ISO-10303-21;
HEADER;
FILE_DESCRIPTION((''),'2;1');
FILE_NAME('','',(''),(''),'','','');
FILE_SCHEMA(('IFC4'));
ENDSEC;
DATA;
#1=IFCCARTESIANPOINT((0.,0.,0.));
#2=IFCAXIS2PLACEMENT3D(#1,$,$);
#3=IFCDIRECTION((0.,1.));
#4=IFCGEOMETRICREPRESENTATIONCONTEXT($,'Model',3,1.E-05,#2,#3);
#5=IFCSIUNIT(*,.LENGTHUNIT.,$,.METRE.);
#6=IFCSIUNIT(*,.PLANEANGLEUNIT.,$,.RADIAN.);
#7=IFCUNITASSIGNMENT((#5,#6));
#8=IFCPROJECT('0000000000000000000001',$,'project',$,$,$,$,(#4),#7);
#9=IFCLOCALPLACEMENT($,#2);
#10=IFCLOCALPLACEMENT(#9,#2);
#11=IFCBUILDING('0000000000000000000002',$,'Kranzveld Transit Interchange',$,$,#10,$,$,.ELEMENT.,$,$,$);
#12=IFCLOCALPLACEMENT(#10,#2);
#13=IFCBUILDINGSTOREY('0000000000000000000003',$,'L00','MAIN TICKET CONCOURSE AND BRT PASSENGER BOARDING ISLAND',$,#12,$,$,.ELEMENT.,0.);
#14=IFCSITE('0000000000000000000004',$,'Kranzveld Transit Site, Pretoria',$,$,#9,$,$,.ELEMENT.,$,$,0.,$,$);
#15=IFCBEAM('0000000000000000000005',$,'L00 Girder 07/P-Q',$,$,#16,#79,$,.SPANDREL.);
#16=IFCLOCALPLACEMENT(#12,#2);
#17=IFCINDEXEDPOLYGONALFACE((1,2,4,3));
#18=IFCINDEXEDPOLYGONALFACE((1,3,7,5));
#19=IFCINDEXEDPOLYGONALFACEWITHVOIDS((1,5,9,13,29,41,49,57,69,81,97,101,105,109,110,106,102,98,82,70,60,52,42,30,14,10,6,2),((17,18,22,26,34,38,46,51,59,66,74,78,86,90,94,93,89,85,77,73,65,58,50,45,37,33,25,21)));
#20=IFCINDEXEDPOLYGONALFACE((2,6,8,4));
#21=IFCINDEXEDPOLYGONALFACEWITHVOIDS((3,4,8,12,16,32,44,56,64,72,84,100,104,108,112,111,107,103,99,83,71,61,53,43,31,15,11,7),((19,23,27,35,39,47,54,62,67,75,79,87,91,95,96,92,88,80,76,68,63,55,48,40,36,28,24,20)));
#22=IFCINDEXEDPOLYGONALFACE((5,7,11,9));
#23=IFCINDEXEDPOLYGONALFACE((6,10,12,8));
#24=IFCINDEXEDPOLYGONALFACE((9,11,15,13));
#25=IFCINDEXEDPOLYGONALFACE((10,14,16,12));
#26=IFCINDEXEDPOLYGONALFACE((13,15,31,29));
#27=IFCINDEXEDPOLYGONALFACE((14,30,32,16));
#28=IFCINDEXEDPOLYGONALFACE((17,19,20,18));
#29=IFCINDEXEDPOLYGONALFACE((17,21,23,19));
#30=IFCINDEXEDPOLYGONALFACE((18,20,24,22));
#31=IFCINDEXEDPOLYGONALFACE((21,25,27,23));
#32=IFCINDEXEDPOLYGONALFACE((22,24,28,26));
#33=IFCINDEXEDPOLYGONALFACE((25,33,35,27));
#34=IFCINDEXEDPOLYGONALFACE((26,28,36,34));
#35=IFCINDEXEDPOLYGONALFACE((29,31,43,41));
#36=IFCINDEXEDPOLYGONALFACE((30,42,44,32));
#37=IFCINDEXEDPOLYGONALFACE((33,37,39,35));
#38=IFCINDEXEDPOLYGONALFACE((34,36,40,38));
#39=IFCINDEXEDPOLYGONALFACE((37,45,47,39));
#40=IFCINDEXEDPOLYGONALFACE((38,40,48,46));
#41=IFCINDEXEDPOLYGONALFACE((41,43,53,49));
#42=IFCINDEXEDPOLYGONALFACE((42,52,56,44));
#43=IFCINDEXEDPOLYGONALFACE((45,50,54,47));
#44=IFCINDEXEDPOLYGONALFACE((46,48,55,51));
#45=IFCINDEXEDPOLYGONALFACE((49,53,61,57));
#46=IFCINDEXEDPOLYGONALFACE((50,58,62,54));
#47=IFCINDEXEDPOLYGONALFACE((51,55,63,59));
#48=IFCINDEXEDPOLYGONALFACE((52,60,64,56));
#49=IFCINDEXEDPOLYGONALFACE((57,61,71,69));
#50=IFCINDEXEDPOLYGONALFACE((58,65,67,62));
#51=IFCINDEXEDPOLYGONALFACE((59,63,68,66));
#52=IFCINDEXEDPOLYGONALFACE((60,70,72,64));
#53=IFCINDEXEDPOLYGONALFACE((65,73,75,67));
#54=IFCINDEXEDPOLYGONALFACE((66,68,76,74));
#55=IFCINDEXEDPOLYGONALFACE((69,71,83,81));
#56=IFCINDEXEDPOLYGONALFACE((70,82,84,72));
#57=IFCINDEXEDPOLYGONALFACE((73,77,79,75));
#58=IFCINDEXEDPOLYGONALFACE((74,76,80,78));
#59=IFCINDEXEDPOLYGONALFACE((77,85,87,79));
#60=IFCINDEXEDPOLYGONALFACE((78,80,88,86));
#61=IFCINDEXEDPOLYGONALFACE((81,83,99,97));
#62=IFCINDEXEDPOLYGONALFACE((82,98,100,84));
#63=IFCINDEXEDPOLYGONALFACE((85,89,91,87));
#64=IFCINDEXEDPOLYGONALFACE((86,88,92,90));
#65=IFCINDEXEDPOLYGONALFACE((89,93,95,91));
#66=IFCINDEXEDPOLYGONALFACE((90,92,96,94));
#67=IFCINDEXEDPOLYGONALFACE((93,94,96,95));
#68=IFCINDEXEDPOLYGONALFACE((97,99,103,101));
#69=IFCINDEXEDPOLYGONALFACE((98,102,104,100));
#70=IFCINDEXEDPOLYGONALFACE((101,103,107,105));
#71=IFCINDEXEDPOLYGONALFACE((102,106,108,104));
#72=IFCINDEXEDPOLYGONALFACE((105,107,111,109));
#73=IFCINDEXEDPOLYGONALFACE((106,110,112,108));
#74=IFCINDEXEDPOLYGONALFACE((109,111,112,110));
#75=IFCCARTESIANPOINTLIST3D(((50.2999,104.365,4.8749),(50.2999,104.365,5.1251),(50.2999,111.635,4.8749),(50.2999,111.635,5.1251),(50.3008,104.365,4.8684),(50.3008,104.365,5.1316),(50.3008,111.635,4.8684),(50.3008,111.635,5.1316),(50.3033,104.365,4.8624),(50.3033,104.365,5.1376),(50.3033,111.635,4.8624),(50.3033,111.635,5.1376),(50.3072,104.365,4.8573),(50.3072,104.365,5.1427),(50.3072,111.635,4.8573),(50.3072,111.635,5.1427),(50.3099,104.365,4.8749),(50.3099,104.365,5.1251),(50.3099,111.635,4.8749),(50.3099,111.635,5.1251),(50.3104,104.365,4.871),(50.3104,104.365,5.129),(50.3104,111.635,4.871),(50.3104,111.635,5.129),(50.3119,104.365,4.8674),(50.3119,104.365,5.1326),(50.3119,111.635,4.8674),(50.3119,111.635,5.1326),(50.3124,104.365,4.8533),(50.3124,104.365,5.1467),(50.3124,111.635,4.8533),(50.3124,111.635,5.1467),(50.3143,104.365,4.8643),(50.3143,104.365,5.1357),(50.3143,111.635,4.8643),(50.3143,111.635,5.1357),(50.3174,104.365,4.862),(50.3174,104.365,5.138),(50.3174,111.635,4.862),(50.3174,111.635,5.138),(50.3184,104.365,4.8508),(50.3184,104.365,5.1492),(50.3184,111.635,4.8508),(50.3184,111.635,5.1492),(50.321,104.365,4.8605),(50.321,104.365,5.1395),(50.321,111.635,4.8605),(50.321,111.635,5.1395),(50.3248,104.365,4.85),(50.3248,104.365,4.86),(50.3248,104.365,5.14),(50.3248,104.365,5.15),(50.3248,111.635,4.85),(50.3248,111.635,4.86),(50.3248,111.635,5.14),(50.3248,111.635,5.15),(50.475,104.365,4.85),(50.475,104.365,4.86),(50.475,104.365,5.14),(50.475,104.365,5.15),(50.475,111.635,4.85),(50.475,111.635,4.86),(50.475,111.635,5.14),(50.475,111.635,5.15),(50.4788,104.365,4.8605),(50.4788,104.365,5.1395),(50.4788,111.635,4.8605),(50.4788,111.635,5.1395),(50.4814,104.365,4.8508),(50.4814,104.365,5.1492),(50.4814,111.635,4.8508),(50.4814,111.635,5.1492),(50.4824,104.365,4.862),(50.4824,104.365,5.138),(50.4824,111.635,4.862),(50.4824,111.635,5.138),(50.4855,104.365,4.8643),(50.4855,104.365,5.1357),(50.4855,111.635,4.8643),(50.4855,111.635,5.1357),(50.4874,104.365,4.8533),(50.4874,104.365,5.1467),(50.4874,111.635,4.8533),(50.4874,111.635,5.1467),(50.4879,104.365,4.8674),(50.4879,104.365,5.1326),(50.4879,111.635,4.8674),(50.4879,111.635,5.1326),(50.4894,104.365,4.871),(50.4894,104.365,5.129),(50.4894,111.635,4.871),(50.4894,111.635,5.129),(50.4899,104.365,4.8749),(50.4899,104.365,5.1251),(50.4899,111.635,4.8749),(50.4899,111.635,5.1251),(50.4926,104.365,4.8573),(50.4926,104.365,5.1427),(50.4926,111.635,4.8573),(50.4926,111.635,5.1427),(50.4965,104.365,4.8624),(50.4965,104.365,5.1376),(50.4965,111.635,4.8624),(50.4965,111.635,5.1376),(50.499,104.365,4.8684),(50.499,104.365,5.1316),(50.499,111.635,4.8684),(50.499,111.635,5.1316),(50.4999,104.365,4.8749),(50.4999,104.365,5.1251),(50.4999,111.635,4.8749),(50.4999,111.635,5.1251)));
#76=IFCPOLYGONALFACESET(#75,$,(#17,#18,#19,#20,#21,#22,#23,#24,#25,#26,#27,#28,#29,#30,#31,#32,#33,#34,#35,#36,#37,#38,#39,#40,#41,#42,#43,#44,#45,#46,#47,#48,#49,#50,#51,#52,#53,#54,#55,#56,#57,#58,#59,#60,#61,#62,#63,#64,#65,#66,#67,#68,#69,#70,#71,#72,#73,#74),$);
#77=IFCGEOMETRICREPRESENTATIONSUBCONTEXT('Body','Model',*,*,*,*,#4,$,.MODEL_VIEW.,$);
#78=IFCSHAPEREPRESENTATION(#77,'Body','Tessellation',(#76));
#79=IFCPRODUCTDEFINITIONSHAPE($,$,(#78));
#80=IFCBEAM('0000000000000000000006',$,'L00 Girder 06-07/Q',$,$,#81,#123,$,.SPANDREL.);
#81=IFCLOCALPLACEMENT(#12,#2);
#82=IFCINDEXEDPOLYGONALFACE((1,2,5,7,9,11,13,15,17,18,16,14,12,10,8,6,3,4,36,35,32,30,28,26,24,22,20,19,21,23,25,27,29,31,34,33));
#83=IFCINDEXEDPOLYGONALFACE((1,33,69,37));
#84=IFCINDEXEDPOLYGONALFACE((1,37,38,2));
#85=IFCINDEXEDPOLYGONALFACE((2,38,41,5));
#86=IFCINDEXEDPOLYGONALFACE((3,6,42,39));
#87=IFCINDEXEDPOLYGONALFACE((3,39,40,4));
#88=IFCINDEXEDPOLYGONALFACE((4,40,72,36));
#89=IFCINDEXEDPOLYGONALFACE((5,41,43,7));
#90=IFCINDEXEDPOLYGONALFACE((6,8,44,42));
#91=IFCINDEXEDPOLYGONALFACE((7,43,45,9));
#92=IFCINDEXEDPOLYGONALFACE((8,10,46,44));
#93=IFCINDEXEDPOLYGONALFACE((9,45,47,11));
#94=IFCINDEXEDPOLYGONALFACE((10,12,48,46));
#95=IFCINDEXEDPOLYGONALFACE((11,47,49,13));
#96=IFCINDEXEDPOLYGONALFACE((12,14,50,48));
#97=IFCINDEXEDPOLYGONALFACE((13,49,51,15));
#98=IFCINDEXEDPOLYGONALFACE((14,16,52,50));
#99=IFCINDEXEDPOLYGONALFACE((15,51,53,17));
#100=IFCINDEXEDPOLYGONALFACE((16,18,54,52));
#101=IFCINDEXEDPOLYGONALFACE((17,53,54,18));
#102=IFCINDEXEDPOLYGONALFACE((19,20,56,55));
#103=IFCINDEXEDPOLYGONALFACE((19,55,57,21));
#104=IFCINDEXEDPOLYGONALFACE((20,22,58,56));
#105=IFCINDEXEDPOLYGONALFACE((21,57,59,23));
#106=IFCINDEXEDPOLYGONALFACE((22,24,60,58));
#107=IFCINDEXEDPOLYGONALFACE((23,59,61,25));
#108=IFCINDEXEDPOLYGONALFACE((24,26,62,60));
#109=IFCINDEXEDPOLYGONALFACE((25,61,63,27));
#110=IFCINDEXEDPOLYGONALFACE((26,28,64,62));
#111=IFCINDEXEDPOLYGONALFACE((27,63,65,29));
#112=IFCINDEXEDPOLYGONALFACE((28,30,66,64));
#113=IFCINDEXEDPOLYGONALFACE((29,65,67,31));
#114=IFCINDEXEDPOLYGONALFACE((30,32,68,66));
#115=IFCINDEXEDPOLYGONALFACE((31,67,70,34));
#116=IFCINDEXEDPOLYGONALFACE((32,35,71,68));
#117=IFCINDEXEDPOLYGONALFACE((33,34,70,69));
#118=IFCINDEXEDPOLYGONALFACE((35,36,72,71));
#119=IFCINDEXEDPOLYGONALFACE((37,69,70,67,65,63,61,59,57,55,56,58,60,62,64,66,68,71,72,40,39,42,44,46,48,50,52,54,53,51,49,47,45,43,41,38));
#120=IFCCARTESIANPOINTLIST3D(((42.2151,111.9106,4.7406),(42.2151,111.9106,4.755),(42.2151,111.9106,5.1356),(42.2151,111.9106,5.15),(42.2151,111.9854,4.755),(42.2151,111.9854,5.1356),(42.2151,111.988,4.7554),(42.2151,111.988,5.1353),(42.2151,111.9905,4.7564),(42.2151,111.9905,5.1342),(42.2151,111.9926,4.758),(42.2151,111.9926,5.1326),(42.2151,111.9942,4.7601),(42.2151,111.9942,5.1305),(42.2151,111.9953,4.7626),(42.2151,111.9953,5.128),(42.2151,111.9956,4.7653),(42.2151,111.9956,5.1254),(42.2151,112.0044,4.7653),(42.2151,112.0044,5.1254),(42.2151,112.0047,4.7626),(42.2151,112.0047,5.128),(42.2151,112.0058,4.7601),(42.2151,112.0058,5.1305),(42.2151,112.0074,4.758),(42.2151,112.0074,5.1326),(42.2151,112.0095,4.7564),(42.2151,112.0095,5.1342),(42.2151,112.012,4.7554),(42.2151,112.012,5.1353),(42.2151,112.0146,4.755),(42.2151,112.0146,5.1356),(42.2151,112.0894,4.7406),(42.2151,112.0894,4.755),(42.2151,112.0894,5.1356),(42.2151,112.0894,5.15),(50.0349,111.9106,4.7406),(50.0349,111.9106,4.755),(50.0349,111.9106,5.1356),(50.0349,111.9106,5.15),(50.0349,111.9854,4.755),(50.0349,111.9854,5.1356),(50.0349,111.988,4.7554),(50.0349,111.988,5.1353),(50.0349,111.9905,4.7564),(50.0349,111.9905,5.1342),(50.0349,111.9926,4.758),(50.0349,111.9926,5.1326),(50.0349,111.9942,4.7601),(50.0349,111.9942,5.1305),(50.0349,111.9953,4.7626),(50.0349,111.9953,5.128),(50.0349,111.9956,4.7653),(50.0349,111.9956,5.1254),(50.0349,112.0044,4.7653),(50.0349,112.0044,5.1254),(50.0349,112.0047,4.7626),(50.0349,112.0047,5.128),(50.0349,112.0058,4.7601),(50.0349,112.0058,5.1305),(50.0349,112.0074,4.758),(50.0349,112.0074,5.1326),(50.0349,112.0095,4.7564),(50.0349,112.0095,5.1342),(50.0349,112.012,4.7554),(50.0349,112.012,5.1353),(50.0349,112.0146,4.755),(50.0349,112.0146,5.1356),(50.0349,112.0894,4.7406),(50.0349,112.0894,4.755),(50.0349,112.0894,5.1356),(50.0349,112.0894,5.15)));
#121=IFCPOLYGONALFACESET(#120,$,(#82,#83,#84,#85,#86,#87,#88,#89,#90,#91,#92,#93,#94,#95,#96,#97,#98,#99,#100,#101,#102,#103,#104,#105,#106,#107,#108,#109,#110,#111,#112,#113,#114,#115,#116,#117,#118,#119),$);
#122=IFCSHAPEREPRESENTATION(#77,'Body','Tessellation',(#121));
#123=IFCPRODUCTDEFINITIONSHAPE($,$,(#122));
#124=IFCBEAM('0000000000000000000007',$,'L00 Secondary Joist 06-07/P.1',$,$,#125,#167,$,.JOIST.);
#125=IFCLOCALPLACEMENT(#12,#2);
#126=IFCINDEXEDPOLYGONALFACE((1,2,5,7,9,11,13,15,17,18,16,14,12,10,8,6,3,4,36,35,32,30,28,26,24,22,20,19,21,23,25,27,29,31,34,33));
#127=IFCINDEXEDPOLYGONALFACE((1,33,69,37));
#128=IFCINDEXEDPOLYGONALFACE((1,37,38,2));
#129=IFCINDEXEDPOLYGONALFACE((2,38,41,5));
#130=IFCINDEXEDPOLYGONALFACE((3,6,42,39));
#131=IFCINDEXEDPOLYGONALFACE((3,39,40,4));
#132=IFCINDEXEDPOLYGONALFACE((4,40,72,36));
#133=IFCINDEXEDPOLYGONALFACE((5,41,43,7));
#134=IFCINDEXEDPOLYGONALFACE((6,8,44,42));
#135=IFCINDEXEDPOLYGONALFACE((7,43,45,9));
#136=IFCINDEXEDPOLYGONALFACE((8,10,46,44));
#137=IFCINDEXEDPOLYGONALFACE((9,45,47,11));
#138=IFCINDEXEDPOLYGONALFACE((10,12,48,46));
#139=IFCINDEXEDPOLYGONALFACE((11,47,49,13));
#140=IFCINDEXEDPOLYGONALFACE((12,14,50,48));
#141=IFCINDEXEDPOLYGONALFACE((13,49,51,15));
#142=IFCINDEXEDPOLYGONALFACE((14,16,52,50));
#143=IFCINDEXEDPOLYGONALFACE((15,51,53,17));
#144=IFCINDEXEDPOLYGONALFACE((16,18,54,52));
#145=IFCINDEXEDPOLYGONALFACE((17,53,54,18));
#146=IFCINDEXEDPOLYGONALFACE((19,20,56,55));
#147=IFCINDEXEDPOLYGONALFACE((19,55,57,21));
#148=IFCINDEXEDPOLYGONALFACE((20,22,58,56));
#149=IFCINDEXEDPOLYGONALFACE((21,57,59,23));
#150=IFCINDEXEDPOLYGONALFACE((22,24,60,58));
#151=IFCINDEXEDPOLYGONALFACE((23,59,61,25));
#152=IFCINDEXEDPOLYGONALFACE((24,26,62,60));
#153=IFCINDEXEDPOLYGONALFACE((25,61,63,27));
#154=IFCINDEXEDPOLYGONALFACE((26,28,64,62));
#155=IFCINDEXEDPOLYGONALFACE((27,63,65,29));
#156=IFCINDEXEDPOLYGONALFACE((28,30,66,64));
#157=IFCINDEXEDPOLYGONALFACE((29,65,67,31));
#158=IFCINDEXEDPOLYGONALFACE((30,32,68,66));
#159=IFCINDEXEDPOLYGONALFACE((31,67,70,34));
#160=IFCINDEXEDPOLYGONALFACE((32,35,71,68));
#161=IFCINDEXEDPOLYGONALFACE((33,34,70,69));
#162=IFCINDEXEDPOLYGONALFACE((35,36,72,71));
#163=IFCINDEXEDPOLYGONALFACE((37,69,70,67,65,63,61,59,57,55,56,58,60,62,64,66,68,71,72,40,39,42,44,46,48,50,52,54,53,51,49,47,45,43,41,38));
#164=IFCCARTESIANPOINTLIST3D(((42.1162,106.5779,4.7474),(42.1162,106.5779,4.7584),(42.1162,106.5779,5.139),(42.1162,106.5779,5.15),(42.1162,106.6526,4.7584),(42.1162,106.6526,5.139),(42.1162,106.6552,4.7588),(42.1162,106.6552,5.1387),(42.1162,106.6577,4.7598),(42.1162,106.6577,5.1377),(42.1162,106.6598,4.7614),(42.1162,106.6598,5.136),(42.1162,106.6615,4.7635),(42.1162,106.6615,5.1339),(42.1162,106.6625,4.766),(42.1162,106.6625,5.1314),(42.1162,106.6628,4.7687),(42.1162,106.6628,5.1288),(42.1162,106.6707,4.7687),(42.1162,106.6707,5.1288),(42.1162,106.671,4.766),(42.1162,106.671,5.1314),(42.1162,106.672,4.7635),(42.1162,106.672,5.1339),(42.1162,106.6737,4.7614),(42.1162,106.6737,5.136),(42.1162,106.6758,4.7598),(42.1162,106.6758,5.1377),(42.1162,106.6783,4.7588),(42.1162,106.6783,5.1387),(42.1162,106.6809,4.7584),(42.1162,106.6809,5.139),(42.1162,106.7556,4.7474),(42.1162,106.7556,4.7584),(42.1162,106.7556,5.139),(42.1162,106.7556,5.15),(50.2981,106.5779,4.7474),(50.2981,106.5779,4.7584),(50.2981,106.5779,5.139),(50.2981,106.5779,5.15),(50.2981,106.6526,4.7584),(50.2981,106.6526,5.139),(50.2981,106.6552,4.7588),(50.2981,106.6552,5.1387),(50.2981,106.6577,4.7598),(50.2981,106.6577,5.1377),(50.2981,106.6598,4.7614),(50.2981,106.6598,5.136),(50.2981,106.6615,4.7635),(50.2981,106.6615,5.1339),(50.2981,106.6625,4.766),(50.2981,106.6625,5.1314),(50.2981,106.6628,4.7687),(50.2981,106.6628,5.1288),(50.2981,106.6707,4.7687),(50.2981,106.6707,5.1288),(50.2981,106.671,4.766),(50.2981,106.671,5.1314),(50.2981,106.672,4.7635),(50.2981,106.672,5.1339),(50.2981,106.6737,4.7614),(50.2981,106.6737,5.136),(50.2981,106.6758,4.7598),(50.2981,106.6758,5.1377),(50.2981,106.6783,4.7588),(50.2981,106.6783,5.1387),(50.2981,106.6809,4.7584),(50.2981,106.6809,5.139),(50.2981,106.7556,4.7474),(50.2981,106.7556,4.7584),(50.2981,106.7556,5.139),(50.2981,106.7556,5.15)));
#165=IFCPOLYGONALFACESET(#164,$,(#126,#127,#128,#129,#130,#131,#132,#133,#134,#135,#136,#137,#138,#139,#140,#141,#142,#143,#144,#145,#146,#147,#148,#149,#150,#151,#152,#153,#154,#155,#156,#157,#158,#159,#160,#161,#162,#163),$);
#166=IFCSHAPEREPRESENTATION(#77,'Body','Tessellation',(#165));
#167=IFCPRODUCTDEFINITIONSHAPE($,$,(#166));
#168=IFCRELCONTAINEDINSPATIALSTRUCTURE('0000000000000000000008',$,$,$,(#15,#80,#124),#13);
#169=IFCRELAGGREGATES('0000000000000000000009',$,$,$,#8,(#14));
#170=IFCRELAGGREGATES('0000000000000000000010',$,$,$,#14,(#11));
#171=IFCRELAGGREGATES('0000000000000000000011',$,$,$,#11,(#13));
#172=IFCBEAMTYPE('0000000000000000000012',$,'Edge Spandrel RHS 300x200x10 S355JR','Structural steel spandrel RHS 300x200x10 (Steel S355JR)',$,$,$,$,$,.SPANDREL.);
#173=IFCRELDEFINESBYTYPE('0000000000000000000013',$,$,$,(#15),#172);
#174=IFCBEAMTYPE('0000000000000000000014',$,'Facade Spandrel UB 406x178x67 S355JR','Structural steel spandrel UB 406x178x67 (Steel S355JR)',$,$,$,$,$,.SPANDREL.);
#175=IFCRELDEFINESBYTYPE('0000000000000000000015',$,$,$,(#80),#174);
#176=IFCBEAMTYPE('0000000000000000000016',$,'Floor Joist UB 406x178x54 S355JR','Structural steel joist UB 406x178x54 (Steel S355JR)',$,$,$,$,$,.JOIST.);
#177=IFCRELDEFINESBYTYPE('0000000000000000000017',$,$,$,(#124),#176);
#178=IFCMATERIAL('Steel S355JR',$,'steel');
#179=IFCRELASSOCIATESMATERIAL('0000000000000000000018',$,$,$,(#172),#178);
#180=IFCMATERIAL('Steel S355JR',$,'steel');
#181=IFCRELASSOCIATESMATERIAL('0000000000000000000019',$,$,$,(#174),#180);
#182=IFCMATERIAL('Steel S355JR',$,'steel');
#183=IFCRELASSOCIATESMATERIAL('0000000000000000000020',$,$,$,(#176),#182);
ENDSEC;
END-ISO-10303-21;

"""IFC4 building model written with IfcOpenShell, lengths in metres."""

from ifc_helpers import new_model, si_unit, direction, frame, origin, origin_2d, place, context, subcontext, project, spatial, hollow_rectangle, i_section, extrude, material, material_profile, profile_set, type_object, element, save


model = new_model("IFC4")

# Units and contexts
model_context = context("Model", 3, precision=1e-05, world=origin(), true_north=direction((0.0, 1.0)))
body_context = subcontext(model_context, "Body", "Model", "MODEL_VIEW")
ifc_project = project(units=[si_unit("LENGTHUNIT", "METRE"), si_unit("PLANEANGLEUNIT", "RADIAN")], contexts=[model_context])

# Site, building, storey
site_placement = place(None, origin())
site = spatial("IfcSite", under=ifc_project, at=site_placement, Name="Kranzveld Transit Site, Pretoria", CompositionType="ELEMENT", RefElevation=0.0)
building_placement = place(site_placement, origin())
building = spatial("IfcBuilding", under=site, at=building_placement, Name="Kranzveld Transit Interchange", CompositionType="ELEMENT")
storey_placement = place(building_placement, origin())
storey = spatial("IfcBuildingStorey", under=building, at=storey_placement, Name="L00", Description="MAIN TICKET CONCOURSE AND BRT PASSENGER BOARDING ISLAND", CompositionType="ELEMENT", Elevation=0.0)

# Beams
ifc_material_1 = material(Name="Steel S355JR", Category="steel")
ifc_material_profile_1 = material_profile(ifc_material_1, hollow_rectangle(XDim=0.2, YDim=0.3, WallThickness=0.01, InnerFilletRadius=0.0149, OuterFilletRadius=0.0249, at=origin_2d()), Name="RHS 300x200x10")
ifc_profile_set_1 = profile_set([ifc_material_profile_1], Name="Steel S355JR")
beam_type_1 = type_object("IfcBeamType", Name="Edge Spandrel RHS 300x200x10 S355JR", Description="Structural steel spandrel RHS 300x200x10 (Steel S355JR)", PredefinedType="SPANDREL", material=ifc_profile_set_1)
beam_1_placement = place(storey_placement, frame((50.3999, 104.365, 5.0), z_axis=(0.0, 1.0, 0.0), x_axis=(-1.0, 0.0, 0.0)))
element("IfcBeam", 1, at=beam_1_placement, inside=storey, type_object=beam_type_1, Name="L00 Girder 07/P-Q", PredefinedType="SPANDREL", context=body_context, shape_type="SweptSolid", body=[
    extrude(hollow_rectangle(XDim=0.2, YDim=0.3, WallThickness=0.01, InnerFilletRadius=0.0149, OuterFilletRadius=0.0249, at=origin_2d()), origin(), (0.0, 0.0, 1.0), 7.27),
])
ifc_material_2 = material(Name="Steel S355JR", Category="steel")
ifc_material_profile_2 = material_profile(ifc_material_2, i_section(OverallWidth=0.1787, OverallDepth=0.4094, WebThickness=0.0088, FlangeThickness=0.0144, FilletRadius=0.0103, at=origin_2d()), Name="UB 406x178x67")
ifc_profile_set_2 = profile_set([ifc_material_profile_2], Name="Steel S355JR")
beam_type_2 = type_object("IfcBeamType", Name="Facade Spandrel UB 406x178x67 S355JR", Description="Structural steel spandrel UB 406x178x67 (Steel S355JR)", PredefinedType="SPANDREL", material=ifc_profile_set_2)
beam_2_placement = place(storey_placement, frame((42.2151, 112.0, 4.9453), z_axis=(1.0, 0.0, 0.0), x_axis=(0.0, 1.0, 0.0)))
element("IfcBeam", 2, at=beam_2_placement, inside=storey, type_object=beam_type_2, Name="L00 Girder 06-07/Q", PredefinedType="SPANDREL", context=body_context, shape_type="SweptSolid", body=[
    extrude(i_section(OverallWidth=0.1787, OverallDepth=0.4094, WebThickness=0.0088, FlangeThickness=0.0144, FilletRadius=0.0103, at=origin_2d()), origin(), (0.0, 0.0, 1.0), 7.8198),
])
ifc_material_3 = material(Name="Steel S355JR", Category="steel")
ifc_material_profile_3 = material_profile(ifc_material_3, i_section(OverallWidth=0.1777, OverallDepth=0.4026, WebThickness=0.0078, FlangeThickness=0.011, FilletRadius=0.0103, at=origin_2d()), Name="UB 406x178x54")
ifc_profile_set_3 = profile_set([ifc_material_profile_3], Name="Steel S355JR")
beam_type_3 = type_object("IfcBeamType", Name="Floor Joist UB 406x178x54 S355JR", Description="Structural steel joist UB 406x178x54 (Steel S355JR)", PredefinedType="JOIST", material=ifc_profile_set_3)
for number, where, z_axis, x_axis, name in (
    (3, (42.1162, 106.6667, 4.9487), (1.0, 0.0, 0.0), (0.0, 1.0, 0.0), "L00 Secondary Joist 06-07/P.1"),
):
    element("IfcBeam", number, at=place(storey_placement, frame(where, z_axis=z_axis, x_axis=x_axis)), inside=storey, type_object=beam_type_3, Name=name, PredefinedType="JOIST", context=body_context, shape_type="SweptSolid", body=[
        extrude(i_section(OverallWidth=0.1777, OverallDepth=0.4026, WebThickness=0.0078, FlangeThickness=0.011, FilletRadius=0.0103, at=origin_2d()), origin(), (0.0, 0.0, 1.0), 8.1819),
    ])

save(model, "model.ifc")
